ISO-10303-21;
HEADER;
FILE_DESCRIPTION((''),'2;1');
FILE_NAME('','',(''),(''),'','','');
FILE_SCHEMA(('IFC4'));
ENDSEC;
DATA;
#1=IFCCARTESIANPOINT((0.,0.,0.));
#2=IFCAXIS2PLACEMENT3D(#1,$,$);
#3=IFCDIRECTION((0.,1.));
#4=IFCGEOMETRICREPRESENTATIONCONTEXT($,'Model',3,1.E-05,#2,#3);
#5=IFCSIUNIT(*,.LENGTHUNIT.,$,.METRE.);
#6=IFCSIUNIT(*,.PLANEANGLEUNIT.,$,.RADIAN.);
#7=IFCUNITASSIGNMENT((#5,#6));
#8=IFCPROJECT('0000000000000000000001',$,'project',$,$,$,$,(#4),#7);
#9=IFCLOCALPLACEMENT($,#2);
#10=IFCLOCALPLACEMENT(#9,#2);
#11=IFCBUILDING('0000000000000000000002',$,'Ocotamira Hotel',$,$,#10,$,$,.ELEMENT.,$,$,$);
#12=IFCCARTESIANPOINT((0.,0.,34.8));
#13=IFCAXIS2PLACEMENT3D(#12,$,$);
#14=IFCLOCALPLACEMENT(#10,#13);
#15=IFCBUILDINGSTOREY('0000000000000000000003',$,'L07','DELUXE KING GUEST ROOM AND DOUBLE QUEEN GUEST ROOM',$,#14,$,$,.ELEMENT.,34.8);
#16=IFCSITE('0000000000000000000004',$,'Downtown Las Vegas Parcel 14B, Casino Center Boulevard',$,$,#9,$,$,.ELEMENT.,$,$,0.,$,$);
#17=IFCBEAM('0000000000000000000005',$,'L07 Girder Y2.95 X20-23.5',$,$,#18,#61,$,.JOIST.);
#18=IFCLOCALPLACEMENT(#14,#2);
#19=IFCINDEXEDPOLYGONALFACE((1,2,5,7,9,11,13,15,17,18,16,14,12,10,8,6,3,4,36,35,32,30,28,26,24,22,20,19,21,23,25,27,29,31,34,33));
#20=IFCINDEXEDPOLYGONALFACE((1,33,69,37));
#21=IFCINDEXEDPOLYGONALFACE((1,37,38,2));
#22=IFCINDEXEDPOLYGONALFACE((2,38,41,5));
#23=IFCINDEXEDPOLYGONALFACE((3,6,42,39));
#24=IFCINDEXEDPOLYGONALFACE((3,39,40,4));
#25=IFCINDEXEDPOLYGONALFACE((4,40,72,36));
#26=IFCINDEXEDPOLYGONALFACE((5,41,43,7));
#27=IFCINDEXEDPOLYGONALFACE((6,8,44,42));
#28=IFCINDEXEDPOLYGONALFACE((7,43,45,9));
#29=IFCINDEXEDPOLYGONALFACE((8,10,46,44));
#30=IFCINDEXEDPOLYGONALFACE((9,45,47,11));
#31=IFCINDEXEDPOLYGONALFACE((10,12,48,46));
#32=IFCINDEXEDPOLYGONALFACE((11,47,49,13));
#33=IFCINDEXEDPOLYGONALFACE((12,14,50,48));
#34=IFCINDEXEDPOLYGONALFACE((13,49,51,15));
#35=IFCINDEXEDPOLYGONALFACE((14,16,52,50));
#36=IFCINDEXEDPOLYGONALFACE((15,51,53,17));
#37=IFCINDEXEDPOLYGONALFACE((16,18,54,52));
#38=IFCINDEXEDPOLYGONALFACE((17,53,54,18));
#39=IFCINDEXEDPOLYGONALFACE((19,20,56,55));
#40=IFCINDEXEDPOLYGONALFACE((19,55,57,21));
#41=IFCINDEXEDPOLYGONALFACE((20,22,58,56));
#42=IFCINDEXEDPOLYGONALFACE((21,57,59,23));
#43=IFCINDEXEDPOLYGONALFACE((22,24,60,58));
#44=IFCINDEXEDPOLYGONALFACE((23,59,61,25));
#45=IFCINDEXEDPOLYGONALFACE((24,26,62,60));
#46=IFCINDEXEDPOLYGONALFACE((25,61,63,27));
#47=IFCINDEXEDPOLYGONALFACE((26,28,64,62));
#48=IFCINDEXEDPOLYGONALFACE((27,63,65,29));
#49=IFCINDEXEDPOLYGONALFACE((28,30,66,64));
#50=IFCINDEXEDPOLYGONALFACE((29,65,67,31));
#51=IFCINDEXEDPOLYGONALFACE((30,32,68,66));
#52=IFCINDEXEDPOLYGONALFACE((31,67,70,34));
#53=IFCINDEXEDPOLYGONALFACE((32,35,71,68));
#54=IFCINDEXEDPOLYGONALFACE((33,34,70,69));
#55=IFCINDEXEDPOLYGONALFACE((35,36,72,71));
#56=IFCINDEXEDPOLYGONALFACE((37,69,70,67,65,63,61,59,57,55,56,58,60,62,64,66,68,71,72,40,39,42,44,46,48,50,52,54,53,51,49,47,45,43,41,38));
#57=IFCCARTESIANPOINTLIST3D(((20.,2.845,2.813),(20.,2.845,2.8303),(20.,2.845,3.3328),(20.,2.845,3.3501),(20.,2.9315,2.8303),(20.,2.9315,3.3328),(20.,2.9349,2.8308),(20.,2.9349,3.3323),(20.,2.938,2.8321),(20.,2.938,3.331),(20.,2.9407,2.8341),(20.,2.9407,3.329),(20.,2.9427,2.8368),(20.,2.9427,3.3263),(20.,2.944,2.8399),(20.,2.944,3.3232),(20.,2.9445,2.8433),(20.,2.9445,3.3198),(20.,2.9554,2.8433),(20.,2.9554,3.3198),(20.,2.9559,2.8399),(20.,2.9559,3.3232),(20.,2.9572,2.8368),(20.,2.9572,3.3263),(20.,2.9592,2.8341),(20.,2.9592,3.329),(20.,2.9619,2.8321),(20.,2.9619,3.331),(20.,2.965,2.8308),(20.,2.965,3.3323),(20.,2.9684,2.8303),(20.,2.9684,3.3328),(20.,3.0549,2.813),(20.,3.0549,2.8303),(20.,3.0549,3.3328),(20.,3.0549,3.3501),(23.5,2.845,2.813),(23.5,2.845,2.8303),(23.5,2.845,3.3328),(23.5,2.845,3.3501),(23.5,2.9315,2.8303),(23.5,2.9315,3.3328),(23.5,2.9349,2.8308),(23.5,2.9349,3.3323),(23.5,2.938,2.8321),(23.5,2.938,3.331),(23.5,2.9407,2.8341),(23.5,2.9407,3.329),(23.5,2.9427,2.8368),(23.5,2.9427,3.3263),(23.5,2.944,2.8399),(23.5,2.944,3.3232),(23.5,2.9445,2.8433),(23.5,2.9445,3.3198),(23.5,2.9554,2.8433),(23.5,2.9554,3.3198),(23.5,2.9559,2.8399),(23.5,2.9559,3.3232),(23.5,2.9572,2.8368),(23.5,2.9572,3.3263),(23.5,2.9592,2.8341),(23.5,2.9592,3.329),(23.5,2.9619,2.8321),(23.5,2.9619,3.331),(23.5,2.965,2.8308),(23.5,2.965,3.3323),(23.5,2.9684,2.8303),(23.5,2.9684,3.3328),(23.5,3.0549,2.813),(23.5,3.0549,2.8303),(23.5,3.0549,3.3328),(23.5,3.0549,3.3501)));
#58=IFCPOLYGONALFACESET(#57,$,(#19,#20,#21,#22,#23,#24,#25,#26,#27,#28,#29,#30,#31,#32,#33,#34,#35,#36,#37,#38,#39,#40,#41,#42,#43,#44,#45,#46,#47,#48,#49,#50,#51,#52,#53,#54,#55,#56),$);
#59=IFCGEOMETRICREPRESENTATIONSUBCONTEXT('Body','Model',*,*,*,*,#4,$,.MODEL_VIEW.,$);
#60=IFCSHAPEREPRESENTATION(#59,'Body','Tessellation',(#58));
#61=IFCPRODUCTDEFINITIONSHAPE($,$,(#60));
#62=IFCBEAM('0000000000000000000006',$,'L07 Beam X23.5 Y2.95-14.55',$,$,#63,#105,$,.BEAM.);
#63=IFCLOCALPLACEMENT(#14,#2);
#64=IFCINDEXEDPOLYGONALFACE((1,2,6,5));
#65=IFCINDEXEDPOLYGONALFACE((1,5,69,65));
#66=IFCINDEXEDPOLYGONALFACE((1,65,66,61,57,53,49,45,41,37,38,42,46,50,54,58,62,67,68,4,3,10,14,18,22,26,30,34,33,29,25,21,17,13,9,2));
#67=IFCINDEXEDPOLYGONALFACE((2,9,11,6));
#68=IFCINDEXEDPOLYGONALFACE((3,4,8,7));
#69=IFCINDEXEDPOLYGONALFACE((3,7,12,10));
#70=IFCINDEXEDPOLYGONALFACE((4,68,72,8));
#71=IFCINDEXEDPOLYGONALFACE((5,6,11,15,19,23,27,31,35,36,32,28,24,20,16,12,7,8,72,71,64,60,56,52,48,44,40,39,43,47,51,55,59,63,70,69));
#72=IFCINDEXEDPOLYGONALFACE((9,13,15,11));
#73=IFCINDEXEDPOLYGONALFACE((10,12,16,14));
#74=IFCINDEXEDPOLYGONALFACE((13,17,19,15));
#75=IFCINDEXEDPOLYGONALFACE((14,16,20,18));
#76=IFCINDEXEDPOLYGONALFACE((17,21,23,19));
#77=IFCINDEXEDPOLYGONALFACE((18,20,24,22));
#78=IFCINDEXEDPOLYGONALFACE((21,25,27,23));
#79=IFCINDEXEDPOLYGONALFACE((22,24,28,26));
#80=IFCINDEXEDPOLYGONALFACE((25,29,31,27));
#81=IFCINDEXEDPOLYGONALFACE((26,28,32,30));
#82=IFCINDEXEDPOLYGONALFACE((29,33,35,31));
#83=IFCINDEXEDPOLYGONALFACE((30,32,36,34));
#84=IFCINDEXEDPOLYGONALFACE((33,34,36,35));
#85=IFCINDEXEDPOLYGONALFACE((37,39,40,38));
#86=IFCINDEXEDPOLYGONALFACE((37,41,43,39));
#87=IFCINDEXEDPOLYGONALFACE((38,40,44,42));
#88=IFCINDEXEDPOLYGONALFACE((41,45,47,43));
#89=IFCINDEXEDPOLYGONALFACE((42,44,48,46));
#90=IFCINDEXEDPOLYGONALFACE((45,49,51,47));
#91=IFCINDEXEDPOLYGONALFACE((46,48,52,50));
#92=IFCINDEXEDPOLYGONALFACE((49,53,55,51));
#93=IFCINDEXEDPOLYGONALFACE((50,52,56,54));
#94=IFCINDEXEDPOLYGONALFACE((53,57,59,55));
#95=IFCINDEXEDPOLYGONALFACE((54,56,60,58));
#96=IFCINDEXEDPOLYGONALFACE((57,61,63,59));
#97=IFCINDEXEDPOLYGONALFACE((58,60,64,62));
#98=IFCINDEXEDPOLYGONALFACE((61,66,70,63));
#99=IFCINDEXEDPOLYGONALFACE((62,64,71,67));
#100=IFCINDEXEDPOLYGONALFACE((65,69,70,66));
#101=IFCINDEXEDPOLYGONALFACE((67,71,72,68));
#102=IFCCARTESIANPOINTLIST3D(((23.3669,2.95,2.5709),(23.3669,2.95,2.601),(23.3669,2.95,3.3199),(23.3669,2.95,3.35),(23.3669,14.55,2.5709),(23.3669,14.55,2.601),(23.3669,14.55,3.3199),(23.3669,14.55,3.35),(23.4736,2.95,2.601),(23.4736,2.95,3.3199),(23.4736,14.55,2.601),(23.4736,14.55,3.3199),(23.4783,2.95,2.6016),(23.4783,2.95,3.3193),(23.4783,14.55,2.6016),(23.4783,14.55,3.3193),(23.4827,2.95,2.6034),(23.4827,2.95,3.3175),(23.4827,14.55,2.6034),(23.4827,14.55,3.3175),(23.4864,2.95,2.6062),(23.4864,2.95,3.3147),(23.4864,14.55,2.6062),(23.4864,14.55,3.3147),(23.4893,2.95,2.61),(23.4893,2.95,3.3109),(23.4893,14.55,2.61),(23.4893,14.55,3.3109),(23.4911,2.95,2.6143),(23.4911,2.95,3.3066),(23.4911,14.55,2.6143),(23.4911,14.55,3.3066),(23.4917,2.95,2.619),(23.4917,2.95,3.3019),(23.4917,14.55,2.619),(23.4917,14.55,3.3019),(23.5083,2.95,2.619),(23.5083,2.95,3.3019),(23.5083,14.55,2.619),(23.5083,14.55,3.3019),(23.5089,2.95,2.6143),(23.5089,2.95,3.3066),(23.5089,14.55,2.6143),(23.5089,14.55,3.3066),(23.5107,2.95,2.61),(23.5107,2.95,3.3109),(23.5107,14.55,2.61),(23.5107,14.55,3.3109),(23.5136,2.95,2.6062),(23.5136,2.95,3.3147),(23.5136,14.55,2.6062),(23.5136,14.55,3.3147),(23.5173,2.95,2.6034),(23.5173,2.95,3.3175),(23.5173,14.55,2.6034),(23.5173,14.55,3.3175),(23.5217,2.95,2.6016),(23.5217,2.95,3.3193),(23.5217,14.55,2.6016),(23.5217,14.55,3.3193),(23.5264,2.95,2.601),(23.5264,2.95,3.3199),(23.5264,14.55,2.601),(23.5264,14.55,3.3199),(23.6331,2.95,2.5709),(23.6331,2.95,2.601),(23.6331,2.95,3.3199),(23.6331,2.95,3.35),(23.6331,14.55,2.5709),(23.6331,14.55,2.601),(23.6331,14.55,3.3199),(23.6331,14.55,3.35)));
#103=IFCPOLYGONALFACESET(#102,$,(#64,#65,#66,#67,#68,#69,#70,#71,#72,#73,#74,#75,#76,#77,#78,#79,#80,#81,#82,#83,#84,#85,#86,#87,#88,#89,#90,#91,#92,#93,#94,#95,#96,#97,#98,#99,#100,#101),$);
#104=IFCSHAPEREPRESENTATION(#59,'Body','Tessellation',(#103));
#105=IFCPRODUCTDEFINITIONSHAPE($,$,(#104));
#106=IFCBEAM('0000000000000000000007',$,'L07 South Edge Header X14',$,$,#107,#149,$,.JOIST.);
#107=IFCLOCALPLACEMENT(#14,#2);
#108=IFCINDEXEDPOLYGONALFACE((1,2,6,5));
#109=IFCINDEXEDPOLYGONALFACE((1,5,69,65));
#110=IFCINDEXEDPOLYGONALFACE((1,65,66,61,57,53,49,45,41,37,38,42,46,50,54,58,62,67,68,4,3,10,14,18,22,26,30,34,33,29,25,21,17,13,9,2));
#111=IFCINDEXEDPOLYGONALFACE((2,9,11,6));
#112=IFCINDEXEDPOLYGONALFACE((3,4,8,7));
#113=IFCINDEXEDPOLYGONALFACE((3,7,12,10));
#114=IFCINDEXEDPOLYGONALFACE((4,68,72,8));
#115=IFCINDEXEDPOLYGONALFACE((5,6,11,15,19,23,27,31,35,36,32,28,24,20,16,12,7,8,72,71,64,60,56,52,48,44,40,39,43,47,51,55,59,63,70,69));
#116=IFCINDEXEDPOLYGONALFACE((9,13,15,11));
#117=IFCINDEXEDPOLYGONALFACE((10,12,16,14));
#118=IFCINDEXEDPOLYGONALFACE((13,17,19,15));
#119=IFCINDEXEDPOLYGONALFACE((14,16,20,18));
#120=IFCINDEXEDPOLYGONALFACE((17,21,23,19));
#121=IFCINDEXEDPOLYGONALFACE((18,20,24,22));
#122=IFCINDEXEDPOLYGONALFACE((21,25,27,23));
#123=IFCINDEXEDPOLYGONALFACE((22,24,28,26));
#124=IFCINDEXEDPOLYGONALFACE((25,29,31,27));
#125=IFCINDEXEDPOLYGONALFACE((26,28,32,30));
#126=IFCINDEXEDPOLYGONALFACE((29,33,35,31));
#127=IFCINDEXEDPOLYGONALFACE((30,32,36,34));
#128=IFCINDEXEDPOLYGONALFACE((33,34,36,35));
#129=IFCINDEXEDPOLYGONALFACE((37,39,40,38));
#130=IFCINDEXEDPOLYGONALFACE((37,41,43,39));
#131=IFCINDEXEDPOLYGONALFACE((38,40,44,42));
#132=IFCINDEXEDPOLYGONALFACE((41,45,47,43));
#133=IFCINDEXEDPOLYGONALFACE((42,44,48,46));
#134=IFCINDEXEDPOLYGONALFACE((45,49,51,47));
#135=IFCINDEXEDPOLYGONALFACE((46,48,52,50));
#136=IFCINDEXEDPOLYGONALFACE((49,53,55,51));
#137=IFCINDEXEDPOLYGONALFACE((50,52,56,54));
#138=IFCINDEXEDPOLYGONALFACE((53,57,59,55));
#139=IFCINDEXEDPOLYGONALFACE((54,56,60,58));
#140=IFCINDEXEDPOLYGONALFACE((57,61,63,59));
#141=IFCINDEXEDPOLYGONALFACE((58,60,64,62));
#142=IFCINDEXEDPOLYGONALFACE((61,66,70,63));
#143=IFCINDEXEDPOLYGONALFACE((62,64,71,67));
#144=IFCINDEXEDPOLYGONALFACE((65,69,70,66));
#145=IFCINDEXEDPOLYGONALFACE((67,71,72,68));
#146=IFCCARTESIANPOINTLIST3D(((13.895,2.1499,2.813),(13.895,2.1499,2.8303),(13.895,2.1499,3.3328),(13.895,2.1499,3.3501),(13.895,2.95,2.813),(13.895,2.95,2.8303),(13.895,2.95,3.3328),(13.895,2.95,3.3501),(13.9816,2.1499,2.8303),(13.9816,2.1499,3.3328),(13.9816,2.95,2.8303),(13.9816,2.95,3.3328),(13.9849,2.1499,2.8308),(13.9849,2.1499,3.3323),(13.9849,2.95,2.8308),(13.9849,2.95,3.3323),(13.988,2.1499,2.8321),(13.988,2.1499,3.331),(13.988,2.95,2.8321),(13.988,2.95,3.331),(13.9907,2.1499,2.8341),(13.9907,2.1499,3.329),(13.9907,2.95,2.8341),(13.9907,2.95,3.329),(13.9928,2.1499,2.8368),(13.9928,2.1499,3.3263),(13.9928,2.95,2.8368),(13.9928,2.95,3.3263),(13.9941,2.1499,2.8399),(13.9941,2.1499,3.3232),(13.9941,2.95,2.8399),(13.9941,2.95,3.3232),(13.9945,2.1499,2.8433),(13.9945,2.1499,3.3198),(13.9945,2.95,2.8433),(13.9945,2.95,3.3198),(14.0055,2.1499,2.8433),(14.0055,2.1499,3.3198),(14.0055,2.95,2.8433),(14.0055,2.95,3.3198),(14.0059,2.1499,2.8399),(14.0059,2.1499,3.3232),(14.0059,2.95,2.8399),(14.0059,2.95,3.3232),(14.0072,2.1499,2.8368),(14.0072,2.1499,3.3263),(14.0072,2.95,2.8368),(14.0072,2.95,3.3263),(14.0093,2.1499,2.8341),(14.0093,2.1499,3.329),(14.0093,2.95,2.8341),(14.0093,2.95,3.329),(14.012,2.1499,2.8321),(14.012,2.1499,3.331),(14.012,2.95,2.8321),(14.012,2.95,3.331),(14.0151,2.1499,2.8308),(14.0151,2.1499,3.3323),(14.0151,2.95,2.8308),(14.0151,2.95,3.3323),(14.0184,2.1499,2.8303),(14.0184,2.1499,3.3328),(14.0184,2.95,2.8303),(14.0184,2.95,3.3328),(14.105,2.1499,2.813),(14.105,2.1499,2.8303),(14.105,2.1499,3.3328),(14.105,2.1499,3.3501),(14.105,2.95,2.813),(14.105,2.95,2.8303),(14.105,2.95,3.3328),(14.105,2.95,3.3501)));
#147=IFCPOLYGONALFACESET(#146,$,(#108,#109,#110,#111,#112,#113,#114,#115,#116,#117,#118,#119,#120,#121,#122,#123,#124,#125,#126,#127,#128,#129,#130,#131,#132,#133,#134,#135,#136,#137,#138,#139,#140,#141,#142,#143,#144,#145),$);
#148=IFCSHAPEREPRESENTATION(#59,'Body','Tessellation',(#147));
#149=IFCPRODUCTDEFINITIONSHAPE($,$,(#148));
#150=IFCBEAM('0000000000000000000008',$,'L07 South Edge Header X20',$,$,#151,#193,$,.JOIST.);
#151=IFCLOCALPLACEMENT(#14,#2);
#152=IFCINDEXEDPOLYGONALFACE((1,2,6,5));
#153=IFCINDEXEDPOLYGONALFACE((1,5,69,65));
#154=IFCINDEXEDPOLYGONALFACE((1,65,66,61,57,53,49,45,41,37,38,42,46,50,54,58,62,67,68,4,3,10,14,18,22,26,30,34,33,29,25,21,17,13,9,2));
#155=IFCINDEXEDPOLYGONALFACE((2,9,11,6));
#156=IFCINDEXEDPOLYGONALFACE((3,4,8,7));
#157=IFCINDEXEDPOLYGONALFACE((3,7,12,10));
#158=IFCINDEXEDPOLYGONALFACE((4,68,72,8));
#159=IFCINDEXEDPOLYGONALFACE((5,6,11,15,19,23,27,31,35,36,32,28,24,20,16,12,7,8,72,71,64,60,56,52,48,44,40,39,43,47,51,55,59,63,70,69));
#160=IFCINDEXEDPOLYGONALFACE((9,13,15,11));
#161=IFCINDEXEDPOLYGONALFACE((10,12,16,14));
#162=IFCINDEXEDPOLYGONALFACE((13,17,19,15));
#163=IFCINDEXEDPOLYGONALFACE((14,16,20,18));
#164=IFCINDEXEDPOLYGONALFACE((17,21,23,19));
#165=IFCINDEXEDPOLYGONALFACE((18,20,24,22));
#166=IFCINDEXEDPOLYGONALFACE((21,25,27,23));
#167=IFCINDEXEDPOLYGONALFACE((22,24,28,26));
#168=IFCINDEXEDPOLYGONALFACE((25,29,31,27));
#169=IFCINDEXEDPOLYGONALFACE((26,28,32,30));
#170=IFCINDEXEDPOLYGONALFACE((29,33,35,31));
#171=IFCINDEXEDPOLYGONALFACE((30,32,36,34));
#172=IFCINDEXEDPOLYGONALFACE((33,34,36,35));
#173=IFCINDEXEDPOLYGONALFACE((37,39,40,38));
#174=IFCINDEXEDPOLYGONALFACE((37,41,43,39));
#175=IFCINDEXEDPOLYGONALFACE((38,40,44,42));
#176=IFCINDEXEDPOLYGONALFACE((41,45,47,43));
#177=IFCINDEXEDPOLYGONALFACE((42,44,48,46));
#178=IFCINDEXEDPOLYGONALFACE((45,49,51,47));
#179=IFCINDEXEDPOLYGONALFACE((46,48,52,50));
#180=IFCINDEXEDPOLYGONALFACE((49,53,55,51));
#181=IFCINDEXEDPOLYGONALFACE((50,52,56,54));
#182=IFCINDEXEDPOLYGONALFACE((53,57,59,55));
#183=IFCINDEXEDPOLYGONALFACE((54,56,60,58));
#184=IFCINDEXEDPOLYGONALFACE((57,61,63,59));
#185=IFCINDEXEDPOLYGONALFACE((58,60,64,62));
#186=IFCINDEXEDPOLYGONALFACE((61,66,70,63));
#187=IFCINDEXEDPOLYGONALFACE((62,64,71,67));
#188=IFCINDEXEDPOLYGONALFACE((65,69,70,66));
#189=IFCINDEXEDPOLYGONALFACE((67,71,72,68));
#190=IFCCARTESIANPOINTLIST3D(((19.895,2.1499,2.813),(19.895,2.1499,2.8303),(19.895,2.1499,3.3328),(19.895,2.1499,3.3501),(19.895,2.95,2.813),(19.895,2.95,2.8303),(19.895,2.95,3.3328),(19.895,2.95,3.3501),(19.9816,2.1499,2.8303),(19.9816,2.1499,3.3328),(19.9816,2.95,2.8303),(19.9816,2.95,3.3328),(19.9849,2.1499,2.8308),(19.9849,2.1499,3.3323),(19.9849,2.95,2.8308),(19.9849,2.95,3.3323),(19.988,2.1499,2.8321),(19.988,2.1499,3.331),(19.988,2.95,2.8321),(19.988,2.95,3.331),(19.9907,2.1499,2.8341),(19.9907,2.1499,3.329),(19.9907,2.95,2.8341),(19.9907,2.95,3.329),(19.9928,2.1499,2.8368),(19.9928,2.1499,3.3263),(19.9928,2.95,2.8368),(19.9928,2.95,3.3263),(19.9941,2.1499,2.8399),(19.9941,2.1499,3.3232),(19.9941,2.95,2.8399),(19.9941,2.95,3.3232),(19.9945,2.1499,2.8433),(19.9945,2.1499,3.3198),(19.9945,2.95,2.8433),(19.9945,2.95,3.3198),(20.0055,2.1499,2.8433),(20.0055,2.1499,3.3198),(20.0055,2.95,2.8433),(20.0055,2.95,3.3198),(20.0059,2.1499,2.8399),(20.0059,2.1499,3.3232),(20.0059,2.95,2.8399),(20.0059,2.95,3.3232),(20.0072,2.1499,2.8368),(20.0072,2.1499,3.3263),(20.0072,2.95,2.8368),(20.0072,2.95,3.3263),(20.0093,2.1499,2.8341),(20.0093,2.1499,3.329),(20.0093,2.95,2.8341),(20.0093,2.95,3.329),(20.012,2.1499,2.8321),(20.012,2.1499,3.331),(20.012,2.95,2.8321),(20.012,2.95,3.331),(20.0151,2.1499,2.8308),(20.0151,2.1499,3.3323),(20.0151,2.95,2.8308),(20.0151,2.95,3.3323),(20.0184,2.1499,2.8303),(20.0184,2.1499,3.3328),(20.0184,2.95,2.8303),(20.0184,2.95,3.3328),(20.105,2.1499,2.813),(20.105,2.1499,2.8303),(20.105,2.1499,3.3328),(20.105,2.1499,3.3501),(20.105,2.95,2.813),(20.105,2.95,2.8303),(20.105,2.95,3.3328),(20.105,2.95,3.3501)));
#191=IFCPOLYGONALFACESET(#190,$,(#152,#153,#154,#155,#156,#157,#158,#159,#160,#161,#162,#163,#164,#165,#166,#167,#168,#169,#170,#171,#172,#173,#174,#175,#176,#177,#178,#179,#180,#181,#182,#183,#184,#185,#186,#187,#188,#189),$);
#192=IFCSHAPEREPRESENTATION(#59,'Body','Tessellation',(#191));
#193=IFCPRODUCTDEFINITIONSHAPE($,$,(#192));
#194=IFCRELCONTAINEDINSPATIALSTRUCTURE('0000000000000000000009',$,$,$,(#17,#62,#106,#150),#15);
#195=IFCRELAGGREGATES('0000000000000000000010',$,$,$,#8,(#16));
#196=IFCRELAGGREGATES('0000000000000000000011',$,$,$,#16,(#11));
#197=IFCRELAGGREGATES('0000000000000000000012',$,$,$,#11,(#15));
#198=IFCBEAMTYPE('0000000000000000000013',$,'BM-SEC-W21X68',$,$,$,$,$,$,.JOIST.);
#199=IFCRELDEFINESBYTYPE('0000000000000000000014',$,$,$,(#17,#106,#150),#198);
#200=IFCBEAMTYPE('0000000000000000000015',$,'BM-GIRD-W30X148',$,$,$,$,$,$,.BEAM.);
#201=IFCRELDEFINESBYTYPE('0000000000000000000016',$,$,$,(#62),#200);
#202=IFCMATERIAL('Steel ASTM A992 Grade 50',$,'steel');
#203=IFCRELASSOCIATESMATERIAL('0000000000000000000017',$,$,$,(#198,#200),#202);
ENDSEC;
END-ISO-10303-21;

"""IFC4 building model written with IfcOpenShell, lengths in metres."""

from ifc_helpers import new_model, si_unit, direction, frame, origin, origin_2d, place, context, subcontext, project, spatial, i_section, extrude, source, transform, mapped, material, material_profile, profile_set, type_object, element, save


model = new_model("IFC4")

# Units and contexts
model_context = context("Model", 3, precision=1e-05, world=origin(), true_north=direction((0.0, 1.0)))
body_context = subcontext(model_context, "Body", "Model", "MODEL_VIEW")
ifc_project = project(units=[si_unit("LENGTHUNIT", "METRE"), si_unit("PLANEANGLEUNIT", "RADIAN")], contexts=[model_context])

# Site, building, storey
site_placement = place(None, origin())
site = spatial("IfcSite", under=ifc_project, at=site_placement, Name="Downtown Las Vegas Parcel 14B, Casino Center Boulevard", CompositionType="ELEMENT", RefElevation=0.0)
building_placement = place(site_placement, origin())
building = spatial("IfcBuilding", under=site, at=building_placement, Name="Ocotamira Hotel", CompositionType="ELEMENT")
storey_placement = place(building_placement, frame((0.0, 0.0, 34.8)))
storey = spatial("IfcBuildingStorey", under=building, at=storey_placement, Name="L07", Description="DELUXE KING GUEST ROOM AND DOUBLE QUEEN GUEST ROOM", CompositionType="ELEMENT", Elevation=34.8)

# Beams
ifc_material_1 = material(Name="Steel ASTM A992 Grade 50", Category="steel")
ifc_material_profile_1 = material_profile(ifc_material_1, i_section(OverallWidth=0.21, OverallDepth=0.5371, WebThickness=0.011, FlangeThickness=0.0173, FilletRadius=0.0129, at=origin_2d()), Name="W21X68")
ifc_profile_set_1 = profile_set([ifc_material_profile_1], Name="Steel ASTM A992 Grade 50")
beam_type_1 = type_object("IfcBeamType", Name="BM-SEC-W21X68", PredefinedType="JOIST", material=ifc_profile_set_1)
shared_shape_1 = source(origin(), body_context, "Body", "SweptSolid", [
    extrude(i_section(OverallWidth=0.21, OverallDepth=0.5371, WebThickness=0.011, FlangeThickness=0.0173, FilletRadius=0.0129, at=origin_2d()), origin(), (0.0, 0.0, 1.0), 3.5),
])
beam_1_placement = place(storey_placement, frame((20.0, 2.95, 3.0815), z_axis=(1.0, 0.0, 0.0), x_axis=(0.0, 1.0, 0.0)))
element("IfcBeam", 1, at=beam_1_placement, inside=storey, type_object=beam_type_1, Name="L07 Girder Y2.95 X20-23.5", PredefinedType="JOIST", context=body_context, shape_type="MappedRepresentation", body=[
    mapped(shared_shape_1, transform((0.0, 0.0, 0.0), scale=1.0)),
])
ifc_material_profile_2 = material_profile(ifc_material_1, i_section(OverallWidth=0.2661, OverallDepth=0.7791, WebThickness=0.0166, FlangeThickness=0.03, FilletRadius=0.0181, at=origin_2d()), Name="W30X148")
ifc_profile_set_2 = profile_set([ifc_material_profile_2], Name="Steel ASTM A992 Grade 50")
beam_type_2 = type_object("IfcBeamType", Name="BM-GIRD-W30X148", PredefinedType="BEAM", material=ifc_profile_set_2)
shared_shape_2 = source(origin(), body_context, "Body", "SweptSolid", [
    extrude(i_section(OverallWidth=0.2661, OverallDepth=0.7791, WebThickness=0.0166, FlangeThickness=0.03, FilletRadius=0.0181, at=origin_2d()), origin(), (0.0, 0.0, 1.0), 11.6001),
])
beam_2_placement = place(storey_placement, frame((23.5, 2.95, 2.9604), z_axis=(0.0, 1.0, 0.0), x_axis=(-1.0, 0.0, 0.0)))
element("IfcBeam", 2, at=beam_2_placement, inside=storey, type_object=beam_type_2, Name="L07 Beam X23.5 Y2.95-14.55", PredefinedType="BEAM", context=body_context, shape_type="MappedRepresentation", body=[
    mapped(shared_shape_2, transform((0.0, 0.0, 0.0), scale=1.0)),
])
shared_shape_3 = source(origin(), body_context, "Body", "SweptSolid", [
    extrude(i_section(OverallWidth=0.21, OverallDepth=0.5371, WebThickness=0.011, FlangeThickness=0.0173, FilletRadius=0.0129, at=origin_2d()), origin(), (0.0, 0.0, 1.0), 0.8),
])
for number, where, z_axis, x_axis, name in (
    (3, (14.0, 2.95, 3.0815), (0.0, -1.0, 0.0), (1.0, 0.0, 0.0), "L07 South Edge Header X14"),
    (4, (20.0, 2.95, 3.0815), (0.0, -1.0, 0.0), (1.0, 0.0, 0.0), "L07 South Edge Header X20"),
):
    element("IfcBeam", number, at=place(storey_placement, frame(where, z_axis=z_axis, x_axis=x_axis)), inside=storey, type_object=beam_type_1, Name=name, PredefinedType="JOIST", context=body_context, shape_type="MappedRepresentation", body=[
        mapped(shared_shape_3, transform((0.0, 0.0, 0.0), scale=1.0)),
    ])

save(model, "model.ifc")
